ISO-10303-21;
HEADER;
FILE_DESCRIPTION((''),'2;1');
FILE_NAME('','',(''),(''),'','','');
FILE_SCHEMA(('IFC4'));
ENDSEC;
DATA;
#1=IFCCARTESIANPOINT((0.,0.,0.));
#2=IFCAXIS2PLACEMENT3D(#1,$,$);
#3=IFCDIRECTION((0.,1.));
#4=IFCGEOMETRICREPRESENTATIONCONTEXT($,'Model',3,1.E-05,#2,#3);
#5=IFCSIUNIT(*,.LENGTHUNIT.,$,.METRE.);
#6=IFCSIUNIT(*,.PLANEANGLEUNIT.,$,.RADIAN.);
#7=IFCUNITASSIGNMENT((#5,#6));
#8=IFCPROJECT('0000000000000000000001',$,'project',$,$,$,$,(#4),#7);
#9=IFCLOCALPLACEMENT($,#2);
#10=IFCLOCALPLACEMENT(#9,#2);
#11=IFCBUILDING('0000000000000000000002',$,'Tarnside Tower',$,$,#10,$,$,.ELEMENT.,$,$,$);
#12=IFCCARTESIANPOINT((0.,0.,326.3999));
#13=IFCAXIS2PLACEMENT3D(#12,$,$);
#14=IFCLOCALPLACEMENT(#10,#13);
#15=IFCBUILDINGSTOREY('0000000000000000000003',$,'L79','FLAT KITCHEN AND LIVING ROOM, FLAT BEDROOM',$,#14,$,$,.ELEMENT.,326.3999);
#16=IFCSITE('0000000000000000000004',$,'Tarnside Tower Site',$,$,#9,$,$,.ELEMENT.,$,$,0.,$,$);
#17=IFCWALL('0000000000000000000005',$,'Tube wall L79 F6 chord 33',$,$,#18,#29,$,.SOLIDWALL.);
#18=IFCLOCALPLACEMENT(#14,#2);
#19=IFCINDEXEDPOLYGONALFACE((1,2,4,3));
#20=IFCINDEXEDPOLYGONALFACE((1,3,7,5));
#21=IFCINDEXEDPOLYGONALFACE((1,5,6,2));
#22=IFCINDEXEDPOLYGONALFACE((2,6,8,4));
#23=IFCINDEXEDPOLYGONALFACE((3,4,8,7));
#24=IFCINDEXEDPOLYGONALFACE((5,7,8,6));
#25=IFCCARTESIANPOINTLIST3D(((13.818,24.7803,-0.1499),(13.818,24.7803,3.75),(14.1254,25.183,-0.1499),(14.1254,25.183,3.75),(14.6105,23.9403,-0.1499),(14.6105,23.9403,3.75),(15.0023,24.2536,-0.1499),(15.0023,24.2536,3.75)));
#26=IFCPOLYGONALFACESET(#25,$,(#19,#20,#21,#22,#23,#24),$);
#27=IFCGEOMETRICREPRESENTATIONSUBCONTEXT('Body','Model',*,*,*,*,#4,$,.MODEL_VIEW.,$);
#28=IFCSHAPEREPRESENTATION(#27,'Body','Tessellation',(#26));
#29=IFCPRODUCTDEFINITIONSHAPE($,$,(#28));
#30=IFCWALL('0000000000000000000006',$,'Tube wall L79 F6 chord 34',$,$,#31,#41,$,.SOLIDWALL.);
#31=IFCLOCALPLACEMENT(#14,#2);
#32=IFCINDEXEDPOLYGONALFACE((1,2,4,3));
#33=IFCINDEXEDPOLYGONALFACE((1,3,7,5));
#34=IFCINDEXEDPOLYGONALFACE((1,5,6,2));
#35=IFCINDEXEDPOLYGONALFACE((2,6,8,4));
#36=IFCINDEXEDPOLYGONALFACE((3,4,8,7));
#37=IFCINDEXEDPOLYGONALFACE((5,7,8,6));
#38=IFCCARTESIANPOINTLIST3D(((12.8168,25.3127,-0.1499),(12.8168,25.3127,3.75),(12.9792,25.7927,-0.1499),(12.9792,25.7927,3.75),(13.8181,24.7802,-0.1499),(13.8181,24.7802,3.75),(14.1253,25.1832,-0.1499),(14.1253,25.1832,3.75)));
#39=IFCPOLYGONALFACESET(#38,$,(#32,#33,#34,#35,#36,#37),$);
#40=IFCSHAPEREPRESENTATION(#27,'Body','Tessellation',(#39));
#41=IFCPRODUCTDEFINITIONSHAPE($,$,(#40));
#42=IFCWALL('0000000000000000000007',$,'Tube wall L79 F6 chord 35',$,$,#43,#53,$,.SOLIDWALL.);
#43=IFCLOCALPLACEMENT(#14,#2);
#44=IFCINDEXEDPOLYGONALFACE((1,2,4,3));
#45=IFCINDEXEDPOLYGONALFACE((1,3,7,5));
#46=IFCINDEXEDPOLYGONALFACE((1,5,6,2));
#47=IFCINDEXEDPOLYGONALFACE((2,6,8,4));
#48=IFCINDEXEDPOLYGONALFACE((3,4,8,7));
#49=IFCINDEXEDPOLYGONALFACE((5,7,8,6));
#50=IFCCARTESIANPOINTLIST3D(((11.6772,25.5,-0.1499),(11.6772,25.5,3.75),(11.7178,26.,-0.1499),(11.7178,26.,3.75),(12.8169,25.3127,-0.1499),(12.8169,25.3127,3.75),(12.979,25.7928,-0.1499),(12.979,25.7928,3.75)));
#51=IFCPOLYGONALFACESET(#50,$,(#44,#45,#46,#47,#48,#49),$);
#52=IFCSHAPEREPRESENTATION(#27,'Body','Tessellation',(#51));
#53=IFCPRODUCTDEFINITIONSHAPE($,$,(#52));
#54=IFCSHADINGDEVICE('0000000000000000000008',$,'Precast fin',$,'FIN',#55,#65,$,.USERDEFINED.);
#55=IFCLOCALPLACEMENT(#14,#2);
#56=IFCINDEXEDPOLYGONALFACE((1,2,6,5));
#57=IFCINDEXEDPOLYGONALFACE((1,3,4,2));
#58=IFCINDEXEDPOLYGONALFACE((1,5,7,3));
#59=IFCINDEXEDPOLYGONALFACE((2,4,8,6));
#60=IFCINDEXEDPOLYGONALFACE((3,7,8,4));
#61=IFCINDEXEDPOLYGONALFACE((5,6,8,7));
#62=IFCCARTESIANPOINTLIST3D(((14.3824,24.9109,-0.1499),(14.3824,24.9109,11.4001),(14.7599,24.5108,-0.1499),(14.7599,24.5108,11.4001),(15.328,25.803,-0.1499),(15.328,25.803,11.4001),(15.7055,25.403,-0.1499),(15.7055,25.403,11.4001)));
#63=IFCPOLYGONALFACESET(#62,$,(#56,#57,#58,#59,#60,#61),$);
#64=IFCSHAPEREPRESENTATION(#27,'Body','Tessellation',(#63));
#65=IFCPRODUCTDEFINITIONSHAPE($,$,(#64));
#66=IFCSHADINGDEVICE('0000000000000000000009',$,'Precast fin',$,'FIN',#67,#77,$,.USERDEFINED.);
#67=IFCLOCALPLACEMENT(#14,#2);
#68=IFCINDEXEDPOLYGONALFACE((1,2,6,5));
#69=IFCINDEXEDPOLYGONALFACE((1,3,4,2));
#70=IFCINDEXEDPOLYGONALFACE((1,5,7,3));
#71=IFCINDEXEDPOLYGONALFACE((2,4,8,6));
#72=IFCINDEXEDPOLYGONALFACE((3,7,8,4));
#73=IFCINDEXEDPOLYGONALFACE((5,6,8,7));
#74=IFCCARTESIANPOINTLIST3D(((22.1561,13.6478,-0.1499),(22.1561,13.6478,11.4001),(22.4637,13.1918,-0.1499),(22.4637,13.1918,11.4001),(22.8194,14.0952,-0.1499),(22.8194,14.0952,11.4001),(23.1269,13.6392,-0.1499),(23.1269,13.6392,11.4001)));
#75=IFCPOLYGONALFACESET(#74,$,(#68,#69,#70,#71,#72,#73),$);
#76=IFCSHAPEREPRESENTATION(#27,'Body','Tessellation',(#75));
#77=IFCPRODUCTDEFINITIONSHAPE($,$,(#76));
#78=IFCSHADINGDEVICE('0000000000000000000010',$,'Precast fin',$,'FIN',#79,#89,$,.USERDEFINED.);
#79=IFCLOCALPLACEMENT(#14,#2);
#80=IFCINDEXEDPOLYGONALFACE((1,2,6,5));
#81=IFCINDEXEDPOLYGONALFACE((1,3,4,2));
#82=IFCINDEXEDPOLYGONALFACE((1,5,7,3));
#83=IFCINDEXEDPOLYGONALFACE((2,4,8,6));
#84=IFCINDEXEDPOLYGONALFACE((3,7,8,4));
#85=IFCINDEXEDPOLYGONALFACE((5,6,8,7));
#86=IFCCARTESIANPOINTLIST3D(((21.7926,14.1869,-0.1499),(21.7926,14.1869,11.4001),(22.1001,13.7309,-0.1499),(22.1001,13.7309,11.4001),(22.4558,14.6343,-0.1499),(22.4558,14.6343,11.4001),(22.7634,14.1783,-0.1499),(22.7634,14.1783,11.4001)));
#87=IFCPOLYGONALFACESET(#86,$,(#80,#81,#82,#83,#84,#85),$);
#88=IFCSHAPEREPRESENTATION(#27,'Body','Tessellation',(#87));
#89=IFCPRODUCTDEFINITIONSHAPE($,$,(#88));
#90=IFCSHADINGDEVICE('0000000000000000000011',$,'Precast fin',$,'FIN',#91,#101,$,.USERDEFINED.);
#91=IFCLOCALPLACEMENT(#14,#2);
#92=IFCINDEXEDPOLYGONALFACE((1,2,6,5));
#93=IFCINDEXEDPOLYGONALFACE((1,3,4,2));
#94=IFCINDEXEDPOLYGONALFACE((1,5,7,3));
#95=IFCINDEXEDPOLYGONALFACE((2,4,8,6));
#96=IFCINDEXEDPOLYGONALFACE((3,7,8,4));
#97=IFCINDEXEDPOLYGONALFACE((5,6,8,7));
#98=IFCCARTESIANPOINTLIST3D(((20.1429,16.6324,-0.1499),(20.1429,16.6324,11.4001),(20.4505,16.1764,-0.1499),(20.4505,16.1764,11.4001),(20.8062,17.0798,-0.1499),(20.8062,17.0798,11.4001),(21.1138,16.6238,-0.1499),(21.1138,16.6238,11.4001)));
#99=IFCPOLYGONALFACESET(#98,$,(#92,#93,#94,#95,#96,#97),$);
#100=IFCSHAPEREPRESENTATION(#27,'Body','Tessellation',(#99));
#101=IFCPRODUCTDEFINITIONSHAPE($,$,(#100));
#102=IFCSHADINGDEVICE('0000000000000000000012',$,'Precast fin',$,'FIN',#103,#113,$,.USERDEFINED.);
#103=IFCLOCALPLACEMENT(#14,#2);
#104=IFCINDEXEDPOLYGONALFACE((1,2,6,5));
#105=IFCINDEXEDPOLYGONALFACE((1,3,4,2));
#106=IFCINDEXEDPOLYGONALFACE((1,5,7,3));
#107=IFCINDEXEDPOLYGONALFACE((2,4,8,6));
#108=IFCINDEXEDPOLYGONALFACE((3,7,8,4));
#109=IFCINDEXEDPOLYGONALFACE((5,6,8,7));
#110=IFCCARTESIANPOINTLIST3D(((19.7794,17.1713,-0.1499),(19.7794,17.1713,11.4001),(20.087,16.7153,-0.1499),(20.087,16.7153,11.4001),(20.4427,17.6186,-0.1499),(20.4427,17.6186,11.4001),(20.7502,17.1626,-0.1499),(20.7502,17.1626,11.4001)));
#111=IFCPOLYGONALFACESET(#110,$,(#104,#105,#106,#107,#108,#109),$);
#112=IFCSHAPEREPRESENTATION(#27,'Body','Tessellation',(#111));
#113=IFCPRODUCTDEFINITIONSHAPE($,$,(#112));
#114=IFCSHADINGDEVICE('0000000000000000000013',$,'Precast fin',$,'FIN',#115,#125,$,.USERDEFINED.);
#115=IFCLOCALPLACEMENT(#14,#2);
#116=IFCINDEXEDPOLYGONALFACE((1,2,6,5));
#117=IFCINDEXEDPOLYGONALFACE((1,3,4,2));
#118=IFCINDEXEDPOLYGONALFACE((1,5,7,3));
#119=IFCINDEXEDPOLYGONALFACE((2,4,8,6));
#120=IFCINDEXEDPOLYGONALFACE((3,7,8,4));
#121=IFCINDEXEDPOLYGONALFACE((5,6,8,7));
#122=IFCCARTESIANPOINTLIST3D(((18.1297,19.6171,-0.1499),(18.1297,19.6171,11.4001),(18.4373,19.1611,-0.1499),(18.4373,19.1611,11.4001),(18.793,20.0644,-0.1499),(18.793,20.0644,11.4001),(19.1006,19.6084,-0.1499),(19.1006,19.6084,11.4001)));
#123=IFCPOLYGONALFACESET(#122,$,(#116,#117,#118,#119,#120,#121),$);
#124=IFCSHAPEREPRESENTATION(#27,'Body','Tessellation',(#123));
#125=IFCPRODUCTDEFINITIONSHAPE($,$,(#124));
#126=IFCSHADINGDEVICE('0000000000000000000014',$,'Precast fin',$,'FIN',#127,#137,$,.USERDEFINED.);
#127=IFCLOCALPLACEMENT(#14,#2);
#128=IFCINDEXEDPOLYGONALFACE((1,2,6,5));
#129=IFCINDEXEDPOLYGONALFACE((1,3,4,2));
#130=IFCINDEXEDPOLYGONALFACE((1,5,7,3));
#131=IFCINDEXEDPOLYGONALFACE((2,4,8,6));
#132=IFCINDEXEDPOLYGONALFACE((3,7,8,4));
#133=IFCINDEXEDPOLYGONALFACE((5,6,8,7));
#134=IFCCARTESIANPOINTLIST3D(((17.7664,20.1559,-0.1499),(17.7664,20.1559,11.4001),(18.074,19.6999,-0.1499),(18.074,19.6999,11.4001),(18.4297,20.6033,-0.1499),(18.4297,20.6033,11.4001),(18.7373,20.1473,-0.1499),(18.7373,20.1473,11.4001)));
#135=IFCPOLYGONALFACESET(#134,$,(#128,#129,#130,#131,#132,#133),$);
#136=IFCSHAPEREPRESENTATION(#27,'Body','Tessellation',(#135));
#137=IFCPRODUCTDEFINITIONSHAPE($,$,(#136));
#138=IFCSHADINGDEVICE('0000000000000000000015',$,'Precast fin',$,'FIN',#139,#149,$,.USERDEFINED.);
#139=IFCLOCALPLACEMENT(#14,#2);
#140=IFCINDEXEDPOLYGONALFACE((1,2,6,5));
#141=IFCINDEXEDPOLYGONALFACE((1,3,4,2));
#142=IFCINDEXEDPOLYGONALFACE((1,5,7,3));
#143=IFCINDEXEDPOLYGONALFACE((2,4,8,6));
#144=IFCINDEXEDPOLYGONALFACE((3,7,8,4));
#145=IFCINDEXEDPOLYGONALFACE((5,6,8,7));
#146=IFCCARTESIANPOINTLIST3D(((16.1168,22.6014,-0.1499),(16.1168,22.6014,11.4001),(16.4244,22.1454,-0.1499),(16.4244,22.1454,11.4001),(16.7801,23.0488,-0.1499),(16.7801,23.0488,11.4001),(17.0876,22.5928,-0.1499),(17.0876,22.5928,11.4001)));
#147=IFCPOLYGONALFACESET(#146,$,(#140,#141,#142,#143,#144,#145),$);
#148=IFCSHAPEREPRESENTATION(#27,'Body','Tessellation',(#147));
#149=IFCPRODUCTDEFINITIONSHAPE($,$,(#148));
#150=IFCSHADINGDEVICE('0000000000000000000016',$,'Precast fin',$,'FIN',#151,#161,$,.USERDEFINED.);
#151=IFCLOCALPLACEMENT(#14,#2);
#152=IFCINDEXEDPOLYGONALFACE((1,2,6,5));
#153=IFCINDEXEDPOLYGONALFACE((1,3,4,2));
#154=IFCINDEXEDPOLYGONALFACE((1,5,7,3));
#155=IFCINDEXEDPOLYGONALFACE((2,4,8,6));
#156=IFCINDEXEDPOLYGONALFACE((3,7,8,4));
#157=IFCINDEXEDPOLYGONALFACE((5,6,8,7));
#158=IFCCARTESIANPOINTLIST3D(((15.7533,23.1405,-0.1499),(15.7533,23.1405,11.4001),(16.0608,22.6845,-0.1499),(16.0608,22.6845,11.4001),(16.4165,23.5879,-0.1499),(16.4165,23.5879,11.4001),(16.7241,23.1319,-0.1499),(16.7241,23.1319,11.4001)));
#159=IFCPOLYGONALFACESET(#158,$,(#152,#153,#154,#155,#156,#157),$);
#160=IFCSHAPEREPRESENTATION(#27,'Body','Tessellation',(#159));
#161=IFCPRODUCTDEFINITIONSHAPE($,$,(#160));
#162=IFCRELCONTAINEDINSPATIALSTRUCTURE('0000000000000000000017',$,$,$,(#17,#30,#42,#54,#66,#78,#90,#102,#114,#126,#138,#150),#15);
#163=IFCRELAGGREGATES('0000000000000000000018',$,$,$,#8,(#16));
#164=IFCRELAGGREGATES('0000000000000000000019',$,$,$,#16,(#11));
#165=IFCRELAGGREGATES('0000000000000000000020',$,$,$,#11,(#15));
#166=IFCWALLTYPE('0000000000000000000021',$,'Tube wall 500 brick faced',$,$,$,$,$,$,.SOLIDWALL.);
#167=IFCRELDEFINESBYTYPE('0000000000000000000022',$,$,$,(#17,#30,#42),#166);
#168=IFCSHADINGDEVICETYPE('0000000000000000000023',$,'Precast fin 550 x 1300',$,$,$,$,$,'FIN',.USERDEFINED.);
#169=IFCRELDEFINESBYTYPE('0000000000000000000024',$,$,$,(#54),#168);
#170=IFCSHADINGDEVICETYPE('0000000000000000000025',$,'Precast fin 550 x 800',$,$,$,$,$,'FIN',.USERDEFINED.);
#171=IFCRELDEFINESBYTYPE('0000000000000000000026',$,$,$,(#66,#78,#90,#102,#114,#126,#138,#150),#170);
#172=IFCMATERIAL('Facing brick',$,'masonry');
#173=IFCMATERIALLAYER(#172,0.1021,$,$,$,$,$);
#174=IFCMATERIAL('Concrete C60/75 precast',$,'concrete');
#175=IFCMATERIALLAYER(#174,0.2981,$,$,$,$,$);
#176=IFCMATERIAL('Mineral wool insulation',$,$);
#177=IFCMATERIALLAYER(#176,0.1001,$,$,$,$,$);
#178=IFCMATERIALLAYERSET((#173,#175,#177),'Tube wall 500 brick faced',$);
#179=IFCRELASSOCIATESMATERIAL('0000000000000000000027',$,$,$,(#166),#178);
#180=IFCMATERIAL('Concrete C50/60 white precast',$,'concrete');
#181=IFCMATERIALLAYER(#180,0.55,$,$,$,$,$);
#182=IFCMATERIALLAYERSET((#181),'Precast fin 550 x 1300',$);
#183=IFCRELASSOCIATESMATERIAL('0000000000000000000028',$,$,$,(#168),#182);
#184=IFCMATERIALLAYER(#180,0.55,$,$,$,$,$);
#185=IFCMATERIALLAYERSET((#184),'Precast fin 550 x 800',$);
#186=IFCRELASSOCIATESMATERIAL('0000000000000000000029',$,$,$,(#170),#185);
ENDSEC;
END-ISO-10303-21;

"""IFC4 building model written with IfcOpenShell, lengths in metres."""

from ifc_helpers import new_model, si_unit, direction, frame, origin, place, context, subcontext, project, spatial, polyline, outline, extrude, material, layer, layer_set, type_object, element, save


model = new_model("IFC4")

# Units and contexts
model_context = context("Model", 3, precision=1e-05, world=origin(), true_north=direction((0.0, 1.0)))
body_context = subcontext(model_context, "Body", "Model", "MODEL_VIEW")
ifc_project = project(units=[si_unit("LENGTHUNIT", "METRE"), si_unit("PLANEANGLEUNIT", "RADIAN")], contexts=[model_context])

# Site, building, storey
site_placement = place(None, origin())
site = spatial("IfcSite", under=ifc_project, at=site_placement, Name="Tarnside Tower Site", CompositionType="ELEMENT", RefElevation=0.0)
building_placement = place(site_placement, origin())
building = spatial("IfcBuilding", under=site, at=building_placement, Name="Tarnside Tower", CompositionType="ELEMENT")
storey_placement = place(building_placement, frame((0.0, 0.0, 326.3999)))
storey = spatial("IfcBuildingStorey", under=building, at=storey_placement, Name="L79", Description="FLAT KITCHEN AND LIVING ROOM, FLAT BEDROOM", CompositionType="ELEMENT", Elevation=326.3999)

# Shared definitions
ifc_material_1 = material(Name="Concrete C60/75 precast", Category="concrete")
ifc_material_2 = material(Name="Mineral wool insulation")

# Walls
ifc_material_3 = material(Name="Facing brick", Category="masonry")
ifc_layer_1 = layer(ifc_material_3, 0.1021)
ifc_layer_2 = layer(ifc_material_1, 0.2981)
ifc_layer_3 = layer(ifc_material_2, 0.1001)
ifc_layer_set_1 = layer_set([ifc_layer_1, ifc_layer_2, ifc_layer_3], Name="Tube wall 500 brick faced")
wall_type_1 = type_object("IfcWallType", Name="Tube wall 500 brick faced", PredefinedType="SOLIDWALL", material=ifc_layer_set_1)
wall_1_placement = place(storey_placement, frame((14.8064, 24.0969, -0.1499), z_axis=(0.0, 0.0, 1.0), x_axis=(-0.686234, 0.72738, 0.0)))
element("IfcWall", 1, at=wall_1_placement, inside=storey, type_object=wall_type_1, Name="Tube wall L79 F6 chord 33", PredefinedType="SOLIDWALL", context=body_context, shape_type="SweptSolid", body=[
    extrude(outline(polyline([(-0.0205, -0.25), (1.2573, -0.25), (1.1753, 0.25), (0.0205, 0.25), (-0.0205, -0.25)])), origin(), (0.0, 0.0, 1.0), 3.8999),
])
wall_2_placement = place(storey_placement, frame((13.9717, 24.9817, -0.1499), z_axis=(0.0, 0.0, 1.0), x_axis=(-0.882902, 0.469556, 0.0)))
element("IfcWall", 2, at=wall_2_placement, inside=storey, type_object=wall_type_1, Name="Tube wall L79 F6 chord 34", PredefinedType="SOLIDWALL", context=body_context, shape_type="SweptSolid", body=[
    extrude(outline(polyline([(-0.041, -0.25), (1.2571, -0.25), (1.175, 0.25), (0.041, 0.25), (-0.041, -0.25)])), origin(), (0.0, 0.0, 1.0), 3.8999),
])
wall_3_placement = place(storey_placement, frame((12.8979, 25.5527, -0.1499), z_axis=(0.0, 0.0, 1.0), x_axis=(-0.986766, 0.162153, 0.0)))
element("IfcWall", 3, at=wall_3_placement, inside=storey, type_object=wall_type_1, Name="Tube wall L79 F6 chord 35", PredefinedType="SOLIDWALL", context=body_context, shape_type="SweptSolid", body=[
    extrude(outline(polyline([(-0.041, -0.25), (1.2371, -0.25), (1.196, 0.25), (0.041, 0.25), (-0.041, -0.25)])), origin(), (0.0, 0.0, 1.0), 3.8999),
])

# Shading devices
ifc_material_4 = material(Name="Concrete C50/60 white precast", Category="concrete")
ifc_layer_4 = layer(ifc_material_4, 0.55)
ifc_layer_set_2 = layer_set([ifc_layer_4], Name="Precast fin 550 x 1300")
shading_device_type_1 = type_object("IfcShadingDeviceType", Name="Precast fin 550 x 1300", ElementType="FIN", PredefinedType="USERDEFINED", material=ifc_layer_set_2)
shading_device_placement = place(storey_placement, frame((14.571, 24.7109, -0.1499), z_axis=(0.686242, -0.727374, 0.0), x_axis=(0.727374, 0.686242, 0.0)))
element("IfcShadingDevice", 4, at=shading_device_placement, inside=storey, type_object=shading_device_type_1, Name="Precast fin", ObjectType="FIN", PredefinedType="USERDEFINED", context=body_context, shape_type="SweptSolid", body=[
    extrude(outline(polyline([(0.0, 0.0), (1.3, 0.0), (1.3, 11.55), (0.0, 11.55), (0.0, 0.0)])), frame((0.0, 0.0, -0.2749)), (0.0, 0.0, 1.0), 0.55),
])
ifc_layer_5 = layer(ifc_material_4, 0.55)
ifc_layer_set_3 = layer_set([ifc_layer_5], Name="Precast fin 550 x 800")
shading_device_type_2 = type_object("IfcShadingDeviceType", Name="Precast fin 550 x 800", ElementType="FIN", PredefinedType="USERDEFINED", material=ifc_layer_set_3)
for number, where, z_axis, x_axis, name in (
    (5, (22.3098, 13.4199, -0.1499), (0.559193, -0.829038, 0.0), (0.829038, 0.559193, 0.0), "Precast fin"),
    (6, (21.9463, 13.959, -0.1499), (0.559193, -0.829038, 0.0), (0.829038, 0.559193, 0.0), "Precast fin"),
    (7, (20.2966, 16.4045, -0.1499), (0.559193, -0.829038, 0.0), (0.829038, 0.559193, 0.0), "Precast fin"),
    (8, (19.9331, 16.9434, -0.1499), (0.559193, -0.829038, 0.0), (0.829038, 0.559193, 0.0), "Precast fin"),
    (9, (18.2834, 19.3892, -0.1499), (0.559193, -0.829038, 0.0), (0.829038, 0.559193, 0.0), "Precast fin"),
    (10, (17.9202, 19.928, -0.1499), (0.559193, -0.829038, 0.0), (0.829038, 0.559193, 0.0), "Precast fin"),
    (11, (16.2705, 22.3735, -0.1499), (0.559193, -0.829038, 0.0), (0.829038, 0.559193, 0.0), "Precast fin"),
    (12, (15.907, 22.9126, -0.1499), (0.559193, -0.829038, 0.0), (0.829038, 0.559193, 0.0), "Precast fin"),
):
    element("IfcShadingDevice", number, at=place(storey_placement, frame(where, z_axis=z_axis, x_axis=x_axis)), inside=storey, type_object=shading_device_type_2, Name=name, ObjectType="FIN", PredefinedType="USERDEFINED", context=body_context, shape_type="SweptSolid", body=[
        extrude(outline(polyline([(0.0, 0.0), (0.8, 0.0), (0.8, 11.55), (0.0, 11.55), (0.0, 0.0)])), frame((0.0, 0.0, -0.2749)), (0.0, 0.0, 1.0), 0.55),
    ])

save(model, "model.ifc")
